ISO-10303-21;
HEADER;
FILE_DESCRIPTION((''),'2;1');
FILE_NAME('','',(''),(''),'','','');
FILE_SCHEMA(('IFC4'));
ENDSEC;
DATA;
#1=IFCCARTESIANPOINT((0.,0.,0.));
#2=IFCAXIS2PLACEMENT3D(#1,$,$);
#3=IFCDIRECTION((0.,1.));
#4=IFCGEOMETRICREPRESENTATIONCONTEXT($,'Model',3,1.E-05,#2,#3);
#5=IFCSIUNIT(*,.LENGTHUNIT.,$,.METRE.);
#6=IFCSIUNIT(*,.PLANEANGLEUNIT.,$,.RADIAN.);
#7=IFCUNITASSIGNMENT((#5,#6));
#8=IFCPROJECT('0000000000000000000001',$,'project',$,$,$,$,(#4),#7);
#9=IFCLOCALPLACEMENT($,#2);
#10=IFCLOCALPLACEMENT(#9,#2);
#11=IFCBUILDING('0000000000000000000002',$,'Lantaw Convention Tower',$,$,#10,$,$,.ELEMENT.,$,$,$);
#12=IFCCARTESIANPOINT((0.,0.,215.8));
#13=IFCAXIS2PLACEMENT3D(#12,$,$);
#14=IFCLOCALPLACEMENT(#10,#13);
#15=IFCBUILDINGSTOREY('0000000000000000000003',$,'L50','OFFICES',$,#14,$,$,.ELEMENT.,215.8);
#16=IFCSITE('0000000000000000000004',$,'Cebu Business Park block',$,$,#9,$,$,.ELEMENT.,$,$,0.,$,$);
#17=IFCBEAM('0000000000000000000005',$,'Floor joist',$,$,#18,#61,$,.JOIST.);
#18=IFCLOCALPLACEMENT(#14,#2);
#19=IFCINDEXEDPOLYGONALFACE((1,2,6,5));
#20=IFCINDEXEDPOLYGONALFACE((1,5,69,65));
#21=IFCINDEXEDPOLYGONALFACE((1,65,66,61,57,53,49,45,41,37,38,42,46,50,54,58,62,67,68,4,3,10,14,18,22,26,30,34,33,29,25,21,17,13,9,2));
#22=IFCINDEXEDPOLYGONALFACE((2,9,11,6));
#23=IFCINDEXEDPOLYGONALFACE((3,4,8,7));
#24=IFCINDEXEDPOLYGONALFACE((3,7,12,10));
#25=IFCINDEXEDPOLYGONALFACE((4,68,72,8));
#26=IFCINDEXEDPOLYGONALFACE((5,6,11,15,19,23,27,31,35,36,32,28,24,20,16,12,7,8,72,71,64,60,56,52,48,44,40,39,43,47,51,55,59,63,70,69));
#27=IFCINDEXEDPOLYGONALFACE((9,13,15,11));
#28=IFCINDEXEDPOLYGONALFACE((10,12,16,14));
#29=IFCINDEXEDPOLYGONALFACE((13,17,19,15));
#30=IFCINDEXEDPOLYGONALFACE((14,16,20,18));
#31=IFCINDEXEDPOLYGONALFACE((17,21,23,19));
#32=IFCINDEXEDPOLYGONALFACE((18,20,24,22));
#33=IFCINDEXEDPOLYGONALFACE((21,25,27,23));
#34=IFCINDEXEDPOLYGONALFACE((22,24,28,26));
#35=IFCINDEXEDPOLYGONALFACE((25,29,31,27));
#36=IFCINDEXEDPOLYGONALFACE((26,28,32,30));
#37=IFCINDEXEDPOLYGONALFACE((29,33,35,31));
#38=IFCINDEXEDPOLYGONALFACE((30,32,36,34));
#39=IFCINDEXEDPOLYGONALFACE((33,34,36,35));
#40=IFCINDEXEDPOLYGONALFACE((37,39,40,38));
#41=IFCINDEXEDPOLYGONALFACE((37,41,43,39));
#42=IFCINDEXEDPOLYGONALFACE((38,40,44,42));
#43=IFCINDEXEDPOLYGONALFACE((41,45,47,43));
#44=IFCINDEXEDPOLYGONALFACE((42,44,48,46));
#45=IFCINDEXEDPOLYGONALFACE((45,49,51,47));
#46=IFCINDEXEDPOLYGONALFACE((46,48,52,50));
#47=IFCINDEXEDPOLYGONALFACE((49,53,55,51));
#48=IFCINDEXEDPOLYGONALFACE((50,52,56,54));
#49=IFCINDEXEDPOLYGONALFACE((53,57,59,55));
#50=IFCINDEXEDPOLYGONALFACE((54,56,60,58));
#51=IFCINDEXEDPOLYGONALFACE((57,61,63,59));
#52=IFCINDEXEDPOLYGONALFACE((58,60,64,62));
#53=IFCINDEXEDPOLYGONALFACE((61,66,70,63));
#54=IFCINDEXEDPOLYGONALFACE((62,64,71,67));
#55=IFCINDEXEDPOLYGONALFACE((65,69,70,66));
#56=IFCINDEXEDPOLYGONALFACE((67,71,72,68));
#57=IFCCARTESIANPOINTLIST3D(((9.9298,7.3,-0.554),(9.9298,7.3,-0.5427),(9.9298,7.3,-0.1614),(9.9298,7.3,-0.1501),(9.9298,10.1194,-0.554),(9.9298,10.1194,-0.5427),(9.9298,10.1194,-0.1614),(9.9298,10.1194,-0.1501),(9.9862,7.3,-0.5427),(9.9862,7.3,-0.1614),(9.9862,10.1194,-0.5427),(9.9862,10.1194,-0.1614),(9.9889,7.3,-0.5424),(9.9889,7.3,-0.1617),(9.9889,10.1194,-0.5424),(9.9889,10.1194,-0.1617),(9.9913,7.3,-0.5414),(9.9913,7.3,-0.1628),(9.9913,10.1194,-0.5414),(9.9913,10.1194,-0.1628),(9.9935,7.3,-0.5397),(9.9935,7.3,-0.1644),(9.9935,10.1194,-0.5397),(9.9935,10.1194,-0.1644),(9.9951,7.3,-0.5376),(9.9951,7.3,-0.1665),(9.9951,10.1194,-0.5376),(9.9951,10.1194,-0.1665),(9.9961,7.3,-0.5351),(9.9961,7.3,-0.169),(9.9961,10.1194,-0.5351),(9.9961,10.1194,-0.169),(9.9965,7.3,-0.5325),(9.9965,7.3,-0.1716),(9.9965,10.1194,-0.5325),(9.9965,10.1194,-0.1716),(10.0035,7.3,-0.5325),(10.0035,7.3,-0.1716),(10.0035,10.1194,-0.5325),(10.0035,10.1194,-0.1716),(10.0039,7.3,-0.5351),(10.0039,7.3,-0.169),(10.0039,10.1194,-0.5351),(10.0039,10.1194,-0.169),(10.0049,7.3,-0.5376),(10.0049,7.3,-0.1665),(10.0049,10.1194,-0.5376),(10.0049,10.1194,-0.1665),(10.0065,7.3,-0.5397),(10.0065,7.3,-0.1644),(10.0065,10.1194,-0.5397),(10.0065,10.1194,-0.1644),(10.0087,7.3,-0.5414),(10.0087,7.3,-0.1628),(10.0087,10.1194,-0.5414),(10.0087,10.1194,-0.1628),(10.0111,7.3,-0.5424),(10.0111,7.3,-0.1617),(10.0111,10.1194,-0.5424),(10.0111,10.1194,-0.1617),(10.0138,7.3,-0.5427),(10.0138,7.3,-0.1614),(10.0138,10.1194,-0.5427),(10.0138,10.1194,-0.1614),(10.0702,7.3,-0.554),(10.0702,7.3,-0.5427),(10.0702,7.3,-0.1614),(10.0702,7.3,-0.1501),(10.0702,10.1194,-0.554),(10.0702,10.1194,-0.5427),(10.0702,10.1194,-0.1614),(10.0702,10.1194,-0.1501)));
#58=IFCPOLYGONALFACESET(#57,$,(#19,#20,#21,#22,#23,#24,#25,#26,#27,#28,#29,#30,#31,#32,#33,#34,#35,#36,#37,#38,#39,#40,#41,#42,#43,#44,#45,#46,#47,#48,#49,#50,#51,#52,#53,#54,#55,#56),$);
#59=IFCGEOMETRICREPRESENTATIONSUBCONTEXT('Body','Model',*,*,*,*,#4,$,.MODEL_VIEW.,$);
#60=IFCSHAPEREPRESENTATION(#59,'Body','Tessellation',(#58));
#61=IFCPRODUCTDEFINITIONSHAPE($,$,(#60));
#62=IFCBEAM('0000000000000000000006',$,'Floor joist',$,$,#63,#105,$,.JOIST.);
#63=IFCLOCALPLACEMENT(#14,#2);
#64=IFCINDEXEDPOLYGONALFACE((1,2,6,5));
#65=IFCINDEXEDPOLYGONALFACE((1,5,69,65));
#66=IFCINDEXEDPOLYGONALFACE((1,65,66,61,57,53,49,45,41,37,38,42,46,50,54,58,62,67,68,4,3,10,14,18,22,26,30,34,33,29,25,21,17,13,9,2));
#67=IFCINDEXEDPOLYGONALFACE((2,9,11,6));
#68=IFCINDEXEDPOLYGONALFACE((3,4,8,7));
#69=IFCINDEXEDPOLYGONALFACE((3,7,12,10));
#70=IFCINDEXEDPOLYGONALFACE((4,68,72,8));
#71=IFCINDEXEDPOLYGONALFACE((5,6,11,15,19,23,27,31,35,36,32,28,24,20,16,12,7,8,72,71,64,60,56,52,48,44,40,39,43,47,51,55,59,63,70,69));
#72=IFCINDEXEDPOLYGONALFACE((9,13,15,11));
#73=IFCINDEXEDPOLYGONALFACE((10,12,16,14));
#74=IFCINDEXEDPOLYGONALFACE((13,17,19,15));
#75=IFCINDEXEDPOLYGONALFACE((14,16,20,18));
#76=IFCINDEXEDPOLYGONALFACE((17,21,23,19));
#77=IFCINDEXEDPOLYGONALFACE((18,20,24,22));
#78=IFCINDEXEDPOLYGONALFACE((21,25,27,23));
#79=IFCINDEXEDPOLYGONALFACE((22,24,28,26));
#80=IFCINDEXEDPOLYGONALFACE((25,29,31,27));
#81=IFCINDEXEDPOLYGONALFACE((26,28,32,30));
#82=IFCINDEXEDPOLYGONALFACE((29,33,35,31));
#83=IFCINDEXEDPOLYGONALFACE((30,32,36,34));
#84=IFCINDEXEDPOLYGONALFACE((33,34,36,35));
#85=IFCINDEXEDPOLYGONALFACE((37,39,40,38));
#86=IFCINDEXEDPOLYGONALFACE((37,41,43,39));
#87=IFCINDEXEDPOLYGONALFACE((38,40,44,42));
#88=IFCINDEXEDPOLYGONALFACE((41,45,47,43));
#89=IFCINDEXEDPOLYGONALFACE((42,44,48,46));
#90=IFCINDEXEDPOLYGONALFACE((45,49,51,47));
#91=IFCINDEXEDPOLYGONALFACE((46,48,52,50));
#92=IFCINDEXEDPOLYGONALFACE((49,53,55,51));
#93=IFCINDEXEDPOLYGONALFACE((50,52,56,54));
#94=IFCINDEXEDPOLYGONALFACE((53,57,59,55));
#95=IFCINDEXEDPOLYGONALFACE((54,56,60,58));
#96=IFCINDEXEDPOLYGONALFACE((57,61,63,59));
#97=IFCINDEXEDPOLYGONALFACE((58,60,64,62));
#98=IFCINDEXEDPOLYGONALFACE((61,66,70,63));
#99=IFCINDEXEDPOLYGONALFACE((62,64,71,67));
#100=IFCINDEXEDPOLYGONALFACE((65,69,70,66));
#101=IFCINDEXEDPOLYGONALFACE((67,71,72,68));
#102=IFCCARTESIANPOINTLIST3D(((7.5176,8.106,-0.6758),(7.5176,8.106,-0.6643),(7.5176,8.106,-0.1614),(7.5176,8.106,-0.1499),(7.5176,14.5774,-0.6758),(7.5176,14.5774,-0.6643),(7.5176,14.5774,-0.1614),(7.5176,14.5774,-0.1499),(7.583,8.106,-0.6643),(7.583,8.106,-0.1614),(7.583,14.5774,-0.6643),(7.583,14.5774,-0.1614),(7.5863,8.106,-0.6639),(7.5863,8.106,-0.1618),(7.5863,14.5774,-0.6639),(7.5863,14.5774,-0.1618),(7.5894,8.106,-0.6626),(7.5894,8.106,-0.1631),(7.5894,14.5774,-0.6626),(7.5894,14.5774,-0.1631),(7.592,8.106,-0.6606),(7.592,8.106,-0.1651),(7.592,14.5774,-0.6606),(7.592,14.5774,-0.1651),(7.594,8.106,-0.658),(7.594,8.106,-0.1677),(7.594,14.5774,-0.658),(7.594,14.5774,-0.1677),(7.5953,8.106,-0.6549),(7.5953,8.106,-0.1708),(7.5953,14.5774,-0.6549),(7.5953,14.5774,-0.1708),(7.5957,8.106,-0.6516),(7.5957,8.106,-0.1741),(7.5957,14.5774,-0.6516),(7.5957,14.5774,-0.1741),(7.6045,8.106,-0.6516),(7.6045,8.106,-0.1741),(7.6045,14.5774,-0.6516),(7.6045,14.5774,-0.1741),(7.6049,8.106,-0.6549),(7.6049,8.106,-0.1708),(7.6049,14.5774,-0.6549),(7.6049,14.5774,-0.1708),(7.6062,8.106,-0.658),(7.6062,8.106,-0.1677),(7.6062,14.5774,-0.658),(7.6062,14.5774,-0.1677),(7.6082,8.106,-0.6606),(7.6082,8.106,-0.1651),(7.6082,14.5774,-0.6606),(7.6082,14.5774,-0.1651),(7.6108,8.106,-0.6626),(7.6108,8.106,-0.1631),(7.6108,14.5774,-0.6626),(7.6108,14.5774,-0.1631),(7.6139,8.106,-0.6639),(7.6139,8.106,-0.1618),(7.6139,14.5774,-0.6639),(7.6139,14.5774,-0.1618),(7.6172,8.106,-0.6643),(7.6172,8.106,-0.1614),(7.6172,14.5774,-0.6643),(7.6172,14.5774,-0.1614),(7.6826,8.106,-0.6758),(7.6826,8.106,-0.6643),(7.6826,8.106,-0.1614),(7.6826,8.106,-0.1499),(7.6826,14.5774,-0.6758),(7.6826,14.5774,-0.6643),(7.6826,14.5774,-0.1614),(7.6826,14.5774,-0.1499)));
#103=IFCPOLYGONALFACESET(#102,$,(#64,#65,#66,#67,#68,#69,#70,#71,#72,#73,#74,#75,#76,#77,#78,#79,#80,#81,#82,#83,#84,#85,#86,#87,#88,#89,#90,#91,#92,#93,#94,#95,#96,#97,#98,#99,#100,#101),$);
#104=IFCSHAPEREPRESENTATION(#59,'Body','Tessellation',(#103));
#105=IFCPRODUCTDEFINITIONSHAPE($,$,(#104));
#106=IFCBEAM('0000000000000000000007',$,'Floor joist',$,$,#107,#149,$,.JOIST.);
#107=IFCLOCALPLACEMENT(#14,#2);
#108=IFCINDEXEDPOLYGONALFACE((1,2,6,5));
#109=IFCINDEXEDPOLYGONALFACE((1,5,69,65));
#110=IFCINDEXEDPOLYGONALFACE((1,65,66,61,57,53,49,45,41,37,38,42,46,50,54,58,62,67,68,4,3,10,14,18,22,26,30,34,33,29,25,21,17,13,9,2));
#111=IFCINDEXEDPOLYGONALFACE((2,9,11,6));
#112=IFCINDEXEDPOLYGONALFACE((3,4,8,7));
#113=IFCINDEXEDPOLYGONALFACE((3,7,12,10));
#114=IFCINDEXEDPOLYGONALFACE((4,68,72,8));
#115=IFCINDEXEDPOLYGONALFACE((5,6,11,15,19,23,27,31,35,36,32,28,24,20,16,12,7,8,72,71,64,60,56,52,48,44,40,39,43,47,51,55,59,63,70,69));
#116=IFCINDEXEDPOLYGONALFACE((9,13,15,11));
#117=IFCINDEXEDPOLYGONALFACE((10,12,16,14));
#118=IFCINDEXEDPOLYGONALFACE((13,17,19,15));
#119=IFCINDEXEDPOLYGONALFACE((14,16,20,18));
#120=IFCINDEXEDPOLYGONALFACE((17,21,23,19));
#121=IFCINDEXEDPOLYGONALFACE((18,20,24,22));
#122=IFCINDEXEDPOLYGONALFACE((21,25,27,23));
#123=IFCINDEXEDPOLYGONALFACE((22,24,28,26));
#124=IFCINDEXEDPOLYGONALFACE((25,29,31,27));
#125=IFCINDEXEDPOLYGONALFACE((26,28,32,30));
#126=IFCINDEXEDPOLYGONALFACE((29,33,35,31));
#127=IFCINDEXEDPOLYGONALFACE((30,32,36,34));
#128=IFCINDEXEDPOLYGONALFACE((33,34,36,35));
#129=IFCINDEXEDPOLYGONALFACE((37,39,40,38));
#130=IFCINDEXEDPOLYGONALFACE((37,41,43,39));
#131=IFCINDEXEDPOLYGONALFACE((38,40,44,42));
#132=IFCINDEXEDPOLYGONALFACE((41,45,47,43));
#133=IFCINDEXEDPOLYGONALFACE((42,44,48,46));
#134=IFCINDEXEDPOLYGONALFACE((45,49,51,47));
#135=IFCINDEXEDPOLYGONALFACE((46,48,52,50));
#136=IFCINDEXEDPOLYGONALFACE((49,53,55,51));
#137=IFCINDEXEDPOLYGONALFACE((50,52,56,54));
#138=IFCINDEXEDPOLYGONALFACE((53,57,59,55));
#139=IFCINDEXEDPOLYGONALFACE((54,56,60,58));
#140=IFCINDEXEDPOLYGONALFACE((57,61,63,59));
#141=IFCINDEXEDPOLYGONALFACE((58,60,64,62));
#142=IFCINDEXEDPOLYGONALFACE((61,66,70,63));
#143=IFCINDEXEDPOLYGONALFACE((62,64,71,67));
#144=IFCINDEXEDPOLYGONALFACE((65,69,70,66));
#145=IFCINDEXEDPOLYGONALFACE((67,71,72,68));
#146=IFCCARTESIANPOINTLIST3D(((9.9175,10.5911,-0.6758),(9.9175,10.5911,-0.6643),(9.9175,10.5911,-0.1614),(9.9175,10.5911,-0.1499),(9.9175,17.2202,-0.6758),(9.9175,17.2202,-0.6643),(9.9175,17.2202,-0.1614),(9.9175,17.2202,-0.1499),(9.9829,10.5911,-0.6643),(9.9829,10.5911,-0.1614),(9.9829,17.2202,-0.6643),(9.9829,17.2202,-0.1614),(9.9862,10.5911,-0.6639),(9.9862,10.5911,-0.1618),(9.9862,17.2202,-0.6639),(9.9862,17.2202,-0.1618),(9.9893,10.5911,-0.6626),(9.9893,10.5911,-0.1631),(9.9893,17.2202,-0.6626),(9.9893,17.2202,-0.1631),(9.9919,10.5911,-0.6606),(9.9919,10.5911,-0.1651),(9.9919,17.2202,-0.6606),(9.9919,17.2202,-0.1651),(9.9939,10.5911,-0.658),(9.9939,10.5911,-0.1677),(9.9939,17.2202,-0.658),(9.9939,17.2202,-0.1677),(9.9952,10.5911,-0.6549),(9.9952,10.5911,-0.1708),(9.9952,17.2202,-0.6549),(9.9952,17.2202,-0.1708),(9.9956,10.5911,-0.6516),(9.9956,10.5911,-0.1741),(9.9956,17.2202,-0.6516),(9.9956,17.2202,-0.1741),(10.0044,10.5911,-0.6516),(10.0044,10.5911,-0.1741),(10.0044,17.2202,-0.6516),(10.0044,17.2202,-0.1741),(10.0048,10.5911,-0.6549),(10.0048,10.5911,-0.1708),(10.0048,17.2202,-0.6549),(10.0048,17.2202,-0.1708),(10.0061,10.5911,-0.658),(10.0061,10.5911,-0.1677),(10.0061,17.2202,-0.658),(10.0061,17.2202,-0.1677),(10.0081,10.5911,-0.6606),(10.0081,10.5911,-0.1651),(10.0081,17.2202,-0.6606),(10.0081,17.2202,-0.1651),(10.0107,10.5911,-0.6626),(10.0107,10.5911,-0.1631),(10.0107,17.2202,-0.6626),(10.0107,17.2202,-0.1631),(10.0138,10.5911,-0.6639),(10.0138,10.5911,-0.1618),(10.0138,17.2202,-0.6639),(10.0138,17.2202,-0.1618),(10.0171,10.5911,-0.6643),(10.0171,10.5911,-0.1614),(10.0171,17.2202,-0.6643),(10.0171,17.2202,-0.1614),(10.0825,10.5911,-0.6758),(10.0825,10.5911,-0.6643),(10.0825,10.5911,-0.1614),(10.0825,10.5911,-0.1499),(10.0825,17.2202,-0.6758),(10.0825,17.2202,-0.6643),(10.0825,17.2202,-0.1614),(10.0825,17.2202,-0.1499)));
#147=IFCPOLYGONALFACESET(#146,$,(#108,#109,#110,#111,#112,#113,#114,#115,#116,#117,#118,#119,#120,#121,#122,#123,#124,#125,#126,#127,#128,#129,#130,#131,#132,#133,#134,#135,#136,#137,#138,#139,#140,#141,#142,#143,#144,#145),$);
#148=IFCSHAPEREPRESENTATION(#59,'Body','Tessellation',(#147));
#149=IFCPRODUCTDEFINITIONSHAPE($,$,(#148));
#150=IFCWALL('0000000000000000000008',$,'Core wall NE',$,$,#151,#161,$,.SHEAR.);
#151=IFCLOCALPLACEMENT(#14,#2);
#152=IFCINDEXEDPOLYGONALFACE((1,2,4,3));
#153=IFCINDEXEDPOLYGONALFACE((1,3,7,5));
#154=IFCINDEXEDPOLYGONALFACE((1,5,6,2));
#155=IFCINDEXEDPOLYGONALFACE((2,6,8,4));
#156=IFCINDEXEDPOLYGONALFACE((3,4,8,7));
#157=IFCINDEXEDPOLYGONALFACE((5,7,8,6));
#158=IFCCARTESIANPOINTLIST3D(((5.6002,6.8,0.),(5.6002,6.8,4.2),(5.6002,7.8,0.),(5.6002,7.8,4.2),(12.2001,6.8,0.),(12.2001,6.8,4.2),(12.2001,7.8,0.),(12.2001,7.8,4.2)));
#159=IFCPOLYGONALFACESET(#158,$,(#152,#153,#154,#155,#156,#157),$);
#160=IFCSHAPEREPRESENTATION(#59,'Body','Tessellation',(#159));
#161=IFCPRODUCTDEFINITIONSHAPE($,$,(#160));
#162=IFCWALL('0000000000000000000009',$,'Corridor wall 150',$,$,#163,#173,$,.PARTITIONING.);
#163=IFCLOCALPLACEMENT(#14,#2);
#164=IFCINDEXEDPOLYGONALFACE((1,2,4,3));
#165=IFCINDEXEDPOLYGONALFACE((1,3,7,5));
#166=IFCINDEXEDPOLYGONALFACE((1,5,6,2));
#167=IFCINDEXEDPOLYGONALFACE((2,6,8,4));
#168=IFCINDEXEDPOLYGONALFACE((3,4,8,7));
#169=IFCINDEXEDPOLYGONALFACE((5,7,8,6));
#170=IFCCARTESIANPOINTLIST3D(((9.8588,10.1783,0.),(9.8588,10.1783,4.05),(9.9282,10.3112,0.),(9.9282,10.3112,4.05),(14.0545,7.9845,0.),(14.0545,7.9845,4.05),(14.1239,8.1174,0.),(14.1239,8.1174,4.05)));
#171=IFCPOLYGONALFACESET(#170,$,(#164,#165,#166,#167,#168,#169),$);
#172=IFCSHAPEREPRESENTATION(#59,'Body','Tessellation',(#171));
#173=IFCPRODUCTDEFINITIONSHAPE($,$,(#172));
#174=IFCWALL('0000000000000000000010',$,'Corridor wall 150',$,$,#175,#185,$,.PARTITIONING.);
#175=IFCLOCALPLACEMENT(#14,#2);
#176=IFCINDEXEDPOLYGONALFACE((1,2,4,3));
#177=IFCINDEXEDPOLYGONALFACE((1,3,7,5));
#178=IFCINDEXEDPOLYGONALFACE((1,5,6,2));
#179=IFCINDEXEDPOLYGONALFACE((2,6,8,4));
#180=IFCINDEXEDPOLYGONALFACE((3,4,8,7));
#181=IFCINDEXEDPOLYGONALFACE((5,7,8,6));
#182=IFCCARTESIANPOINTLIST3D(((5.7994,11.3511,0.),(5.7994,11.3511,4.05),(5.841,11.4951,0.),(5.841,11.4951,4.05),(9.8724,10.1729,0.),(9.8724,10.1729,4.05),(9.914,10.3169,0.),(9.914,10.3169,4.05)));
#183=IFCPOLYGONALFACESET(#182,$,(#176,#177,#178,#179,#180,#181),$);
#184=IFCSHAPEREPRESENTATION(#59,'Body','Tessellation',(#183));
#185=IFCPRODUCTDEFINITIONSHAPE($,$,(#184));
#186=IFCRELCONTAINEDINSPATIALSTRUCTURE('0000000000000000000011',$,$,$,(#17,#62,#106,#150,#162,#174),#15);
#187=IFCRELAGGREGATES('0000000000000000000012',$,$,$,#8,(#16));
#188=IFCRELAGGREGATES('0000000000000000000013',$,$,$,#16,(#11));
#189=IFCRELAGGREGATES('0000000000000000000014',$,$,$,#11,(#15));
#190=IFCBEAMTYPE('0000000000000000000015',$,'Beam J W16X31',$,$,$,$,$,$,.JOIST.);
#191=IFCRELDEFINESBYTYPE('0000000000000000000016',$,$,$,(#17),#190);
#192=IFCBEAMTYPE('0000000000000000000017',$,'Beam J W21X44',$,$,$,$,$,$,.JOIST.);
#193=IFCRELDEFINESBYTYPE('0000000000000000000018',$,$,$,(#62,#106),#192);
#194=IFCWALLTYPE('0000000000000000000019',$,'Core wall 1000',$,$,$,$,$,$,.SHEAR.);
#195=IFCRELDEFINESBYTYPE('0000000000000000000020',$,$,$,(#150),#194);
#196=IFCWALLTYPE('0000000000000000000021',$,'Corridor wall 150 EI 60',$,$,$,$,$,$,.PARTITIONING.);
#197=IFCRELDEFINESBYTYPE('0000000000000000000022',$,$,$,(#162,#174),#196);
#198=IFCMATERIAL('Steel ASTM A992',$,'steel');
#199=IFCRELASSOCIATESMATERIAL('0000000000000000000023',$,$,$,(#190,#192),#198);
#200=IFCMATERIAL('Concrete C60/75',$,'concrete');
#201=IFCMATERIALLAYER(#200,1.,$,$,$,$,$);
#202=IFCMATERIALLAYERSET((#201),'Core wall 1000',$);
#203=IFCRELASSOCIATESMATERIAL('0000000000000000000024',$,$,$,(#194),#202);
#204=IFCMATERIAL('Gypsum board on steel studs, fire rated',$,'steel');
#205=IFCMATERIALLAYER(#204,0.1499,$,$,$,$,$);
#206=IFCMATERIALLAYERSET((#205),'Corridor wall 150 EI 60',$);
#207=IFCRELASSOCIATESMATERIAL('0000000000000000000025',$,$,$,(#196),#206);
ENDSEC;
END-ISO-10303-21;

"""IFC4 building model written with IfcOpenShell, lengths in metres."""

from ifc_helpers import new_model, si_unit, direction, frame, frame_2d, origin, origin_2d, place, context, subcontext, project, spatial, rectangle, i_section, extrude, material, layer, layer_set, material_profile, profile_set, type_object, element, save


model = new_model("IFC4")

# Units and contexts
model_context = context("Model", 3, precision=1e-05, world=origin(), true_north=direction((0.0, 1.0)))
body_context = subcontext(model_context, "Body", "Model", "MODEL_VIEW")
ifc_project = project(units=[si_unit("LENGTHUNIT", "METRE"), si_unit("PLANEANGLEUNIT", "RADIAN")], contexts=[model_context])

# Site, building, storey
site_placement = place(None, origin())
site = spatial("IfcSite", under=ifc_project, at=site_placement, Name="Cebu Business Park block", CompositionType="ELEMENT", RefElevation=0.0)
building_placement = place(site_placement, origin())
building = spatial("IfcBuilding", under=site, at=building_placement, Name="Lantaw Convention Tower", CompositionType="ELEMENT")
storey_placement = place(building_placement, frame((0.0, 0.0, 215.8)))
storey = spatial("IfcBuildingStorey", under=building, at=storey_placement, Name="L50", Description="OFFICES", CompositionType="ELEMENT", Elevation=215.8)

# Beams
ifc_material_1 = material(Name="Steel ASTM A992", Category="steel")
ifc_material_profile_1 = material_profile(ifc_material_1, i_section(OverallWidth=0.1404, OverallDepth=0.4038, WebThickness=0.0071, FlangeThickness=0.0112, FilletRadius=0.0103, at=origin_2d()), Name="W16X31")
ifc_profile_set_1 = profile_set([ifc_material_profile_1], Name="Steel ASTM A992")
beam_type_1 = type_object("IfcBeamType", Name="Beam J W16X31", PredefinedType="JOIST", material=ifc_profile_set_1)
beam_1_placement = place(storey_placement, frame((10.0, 7.3, -0.3521), z_axis=(0.0, 1.0, 0.0), x_axis=(-1.0, 0.0, 0.0)))
element("IfcBeam", 1, at=beam_1_placement, inside=storey, type_object=beam_type_1, Name="Floor joist", PredefinedType="JOIST", context=body_context, shape_type="SweptSolid", body=[
    extrude(i_section(OverallWidth=0.1404, OverallDepth=0.4038, WebThickness=0.0071, FlangeThickness=0.0112, FilletRadius=0.0103, at=origin_2d()), origin(), (0.0, 0.0, 1.0), 2.8193),
])
ifc_material_profile_2 = material_profile(ifc_material_1, i_section(OverallWidth=0.165, OverallDepth=0.5259, WebThickness=0.0088, FlangeThickness=0.0115, FilletRadius=0.0127, at=origin_2d()), Name="W21X44")
ifc_profile_set_2 = profile_set([ifc_material_profile_2], Name="Steel ASTM A992")
beam_type_2 = type_object("IfcBeamType", Name="Beam J W21X44", PredefinedType="JOIST", material=ifc_profile_set_2)
beam_2_placement = place(storey_placement, frame((7.6001, 8.106, -0.4128), z_axis=(0.0, 1.0, 0.0), x_axis=(-1.0, 0.0, 0.0)))
element("IfcBeam", 2, at=beam_2_placement, inside=storey, type_object=beam_type_2, Name="Floor joist", PredefinedType="JOIST", context=body_context, shape_type="SweptSolid", body=[
    extrude(i_section(OverallWidth=0.165, OverallDepth=0.5259, WebThickness=0.0088, FlangeThickness=0.0115, FilletRadius=0.0127, at=origin_2d()), origin(), (0.0, 0.0, 1.0), 6.4714),
])
beam_3_placement = place(storey_placement, frame((10.0, 10.5911, -0.4128), z_axis=(0.0, 1.0, 0.0), x_axis=(-1.0, 0.0, 0.0)))
element("IfcBeam", 3, at=beam_3_placement, inside=storey, type_object=beam_type_2, Name="Floor joist", PredefinedType="JOIST", context=body_context, shape_type="SweptSolid", body=[
    extrude(i_section(OverallWidth=0.165, OverallDepth=0.5259, WebThickness=0.0088, FlangeThickness=0.0115, FilletRadius=0.0127, at=origin_2d()), origin(), (0.0, 0.0, 1.0), 6.6292),
])

# Walls
ifc_material_2 = material(Name="Concrete C60/75", Category="concrete")
ifc_layer_1 = layer(ifc_material_2, 1.0)
ifc_layer_set_1 = layer_set([ifc_layer_1], Name="Core wall 1000")
wall_type_1 = type_object("IfcWallType", Name="Core wall 1000", PredefinedType="SHEAR", material=ifc_layer_set_1)
wall_1_placement = place(storey_placement, frame((12.2, 7.3, 0.0), z_axis=(0.0, 0.0, 1.0), x_axis=(-1.0, 0.0, 0.0)))
element("IfcWall", 4, at=wall_1_placement, inside=storey, type_object=wall_type_1, Name="Core wall NE", PredefinedType="SHEAR", context=body_context, shape_type="SweptSolid", body=[
    extrude(rectangle(XDim=6.5999, YDim=1.0, at=frame_2d((3.2998, 0.0))), origin(), (0.0, 0.0, 1.0), 4.2),
])
ifc_material_3 = material(Name="Gypsum board on steel studs, fire rated", Category="steel")
ifc_layer_2 = layer(ifc_material_3, 0.1499)
ifc_layer_set_2 = layer_set([ifc_layer_2], Name="Corridor wall 150 EI 60")
wall_type_2 = type_object("IfcWallType", Name="Corridor wall 150 EI 60", PredefinedType="PARTITIONING", material=ifc_layer_set_2)
wall_2_placement = place(storey_placement, frame((14.0891, 8.051, 0.0), z_axis=(0.0, 0.0, 1.0), x_axis=(-0.886174, 0.463352, 0.0)))
element("IfcWall", 5, at=wall_2_placement, inside=storey, type_object=wall_type_2, Name="Corridor wall 150", PredefinedType="PARTITIONING", context=body_context, shape_type="SweptSolid", body=[
    extrude(rectangle(XDim=4.7346, YDim=0.1499, at=frame_2d((2.3672, 0.0))), origin(), (0.0, 0.0, 1.0), 4.05),
])
wall_3_placement = place(storey_placement, frame((9.8933, 10.2449, 0.0), z_axis=(0.0, 0.0, 1.0), x_axis=(-0.960615, 0.277883, 0.0)))
element("IfcWall", 6, at=wall_3_placement, inside=storey, type_object=wall_type_2, Name="Corridor wall 150", PredefinedType="PARTITIONING", context=body_context, shape_type="SweptSolid", body=[
    extrude(rectangle(XDim=4.24, YDim=0.1499, at=frame_2d((2.1201, 0.0))), origin(), (0.0, 0.0, 1.0), 4.05),
])

save(model, "model.ifc")
